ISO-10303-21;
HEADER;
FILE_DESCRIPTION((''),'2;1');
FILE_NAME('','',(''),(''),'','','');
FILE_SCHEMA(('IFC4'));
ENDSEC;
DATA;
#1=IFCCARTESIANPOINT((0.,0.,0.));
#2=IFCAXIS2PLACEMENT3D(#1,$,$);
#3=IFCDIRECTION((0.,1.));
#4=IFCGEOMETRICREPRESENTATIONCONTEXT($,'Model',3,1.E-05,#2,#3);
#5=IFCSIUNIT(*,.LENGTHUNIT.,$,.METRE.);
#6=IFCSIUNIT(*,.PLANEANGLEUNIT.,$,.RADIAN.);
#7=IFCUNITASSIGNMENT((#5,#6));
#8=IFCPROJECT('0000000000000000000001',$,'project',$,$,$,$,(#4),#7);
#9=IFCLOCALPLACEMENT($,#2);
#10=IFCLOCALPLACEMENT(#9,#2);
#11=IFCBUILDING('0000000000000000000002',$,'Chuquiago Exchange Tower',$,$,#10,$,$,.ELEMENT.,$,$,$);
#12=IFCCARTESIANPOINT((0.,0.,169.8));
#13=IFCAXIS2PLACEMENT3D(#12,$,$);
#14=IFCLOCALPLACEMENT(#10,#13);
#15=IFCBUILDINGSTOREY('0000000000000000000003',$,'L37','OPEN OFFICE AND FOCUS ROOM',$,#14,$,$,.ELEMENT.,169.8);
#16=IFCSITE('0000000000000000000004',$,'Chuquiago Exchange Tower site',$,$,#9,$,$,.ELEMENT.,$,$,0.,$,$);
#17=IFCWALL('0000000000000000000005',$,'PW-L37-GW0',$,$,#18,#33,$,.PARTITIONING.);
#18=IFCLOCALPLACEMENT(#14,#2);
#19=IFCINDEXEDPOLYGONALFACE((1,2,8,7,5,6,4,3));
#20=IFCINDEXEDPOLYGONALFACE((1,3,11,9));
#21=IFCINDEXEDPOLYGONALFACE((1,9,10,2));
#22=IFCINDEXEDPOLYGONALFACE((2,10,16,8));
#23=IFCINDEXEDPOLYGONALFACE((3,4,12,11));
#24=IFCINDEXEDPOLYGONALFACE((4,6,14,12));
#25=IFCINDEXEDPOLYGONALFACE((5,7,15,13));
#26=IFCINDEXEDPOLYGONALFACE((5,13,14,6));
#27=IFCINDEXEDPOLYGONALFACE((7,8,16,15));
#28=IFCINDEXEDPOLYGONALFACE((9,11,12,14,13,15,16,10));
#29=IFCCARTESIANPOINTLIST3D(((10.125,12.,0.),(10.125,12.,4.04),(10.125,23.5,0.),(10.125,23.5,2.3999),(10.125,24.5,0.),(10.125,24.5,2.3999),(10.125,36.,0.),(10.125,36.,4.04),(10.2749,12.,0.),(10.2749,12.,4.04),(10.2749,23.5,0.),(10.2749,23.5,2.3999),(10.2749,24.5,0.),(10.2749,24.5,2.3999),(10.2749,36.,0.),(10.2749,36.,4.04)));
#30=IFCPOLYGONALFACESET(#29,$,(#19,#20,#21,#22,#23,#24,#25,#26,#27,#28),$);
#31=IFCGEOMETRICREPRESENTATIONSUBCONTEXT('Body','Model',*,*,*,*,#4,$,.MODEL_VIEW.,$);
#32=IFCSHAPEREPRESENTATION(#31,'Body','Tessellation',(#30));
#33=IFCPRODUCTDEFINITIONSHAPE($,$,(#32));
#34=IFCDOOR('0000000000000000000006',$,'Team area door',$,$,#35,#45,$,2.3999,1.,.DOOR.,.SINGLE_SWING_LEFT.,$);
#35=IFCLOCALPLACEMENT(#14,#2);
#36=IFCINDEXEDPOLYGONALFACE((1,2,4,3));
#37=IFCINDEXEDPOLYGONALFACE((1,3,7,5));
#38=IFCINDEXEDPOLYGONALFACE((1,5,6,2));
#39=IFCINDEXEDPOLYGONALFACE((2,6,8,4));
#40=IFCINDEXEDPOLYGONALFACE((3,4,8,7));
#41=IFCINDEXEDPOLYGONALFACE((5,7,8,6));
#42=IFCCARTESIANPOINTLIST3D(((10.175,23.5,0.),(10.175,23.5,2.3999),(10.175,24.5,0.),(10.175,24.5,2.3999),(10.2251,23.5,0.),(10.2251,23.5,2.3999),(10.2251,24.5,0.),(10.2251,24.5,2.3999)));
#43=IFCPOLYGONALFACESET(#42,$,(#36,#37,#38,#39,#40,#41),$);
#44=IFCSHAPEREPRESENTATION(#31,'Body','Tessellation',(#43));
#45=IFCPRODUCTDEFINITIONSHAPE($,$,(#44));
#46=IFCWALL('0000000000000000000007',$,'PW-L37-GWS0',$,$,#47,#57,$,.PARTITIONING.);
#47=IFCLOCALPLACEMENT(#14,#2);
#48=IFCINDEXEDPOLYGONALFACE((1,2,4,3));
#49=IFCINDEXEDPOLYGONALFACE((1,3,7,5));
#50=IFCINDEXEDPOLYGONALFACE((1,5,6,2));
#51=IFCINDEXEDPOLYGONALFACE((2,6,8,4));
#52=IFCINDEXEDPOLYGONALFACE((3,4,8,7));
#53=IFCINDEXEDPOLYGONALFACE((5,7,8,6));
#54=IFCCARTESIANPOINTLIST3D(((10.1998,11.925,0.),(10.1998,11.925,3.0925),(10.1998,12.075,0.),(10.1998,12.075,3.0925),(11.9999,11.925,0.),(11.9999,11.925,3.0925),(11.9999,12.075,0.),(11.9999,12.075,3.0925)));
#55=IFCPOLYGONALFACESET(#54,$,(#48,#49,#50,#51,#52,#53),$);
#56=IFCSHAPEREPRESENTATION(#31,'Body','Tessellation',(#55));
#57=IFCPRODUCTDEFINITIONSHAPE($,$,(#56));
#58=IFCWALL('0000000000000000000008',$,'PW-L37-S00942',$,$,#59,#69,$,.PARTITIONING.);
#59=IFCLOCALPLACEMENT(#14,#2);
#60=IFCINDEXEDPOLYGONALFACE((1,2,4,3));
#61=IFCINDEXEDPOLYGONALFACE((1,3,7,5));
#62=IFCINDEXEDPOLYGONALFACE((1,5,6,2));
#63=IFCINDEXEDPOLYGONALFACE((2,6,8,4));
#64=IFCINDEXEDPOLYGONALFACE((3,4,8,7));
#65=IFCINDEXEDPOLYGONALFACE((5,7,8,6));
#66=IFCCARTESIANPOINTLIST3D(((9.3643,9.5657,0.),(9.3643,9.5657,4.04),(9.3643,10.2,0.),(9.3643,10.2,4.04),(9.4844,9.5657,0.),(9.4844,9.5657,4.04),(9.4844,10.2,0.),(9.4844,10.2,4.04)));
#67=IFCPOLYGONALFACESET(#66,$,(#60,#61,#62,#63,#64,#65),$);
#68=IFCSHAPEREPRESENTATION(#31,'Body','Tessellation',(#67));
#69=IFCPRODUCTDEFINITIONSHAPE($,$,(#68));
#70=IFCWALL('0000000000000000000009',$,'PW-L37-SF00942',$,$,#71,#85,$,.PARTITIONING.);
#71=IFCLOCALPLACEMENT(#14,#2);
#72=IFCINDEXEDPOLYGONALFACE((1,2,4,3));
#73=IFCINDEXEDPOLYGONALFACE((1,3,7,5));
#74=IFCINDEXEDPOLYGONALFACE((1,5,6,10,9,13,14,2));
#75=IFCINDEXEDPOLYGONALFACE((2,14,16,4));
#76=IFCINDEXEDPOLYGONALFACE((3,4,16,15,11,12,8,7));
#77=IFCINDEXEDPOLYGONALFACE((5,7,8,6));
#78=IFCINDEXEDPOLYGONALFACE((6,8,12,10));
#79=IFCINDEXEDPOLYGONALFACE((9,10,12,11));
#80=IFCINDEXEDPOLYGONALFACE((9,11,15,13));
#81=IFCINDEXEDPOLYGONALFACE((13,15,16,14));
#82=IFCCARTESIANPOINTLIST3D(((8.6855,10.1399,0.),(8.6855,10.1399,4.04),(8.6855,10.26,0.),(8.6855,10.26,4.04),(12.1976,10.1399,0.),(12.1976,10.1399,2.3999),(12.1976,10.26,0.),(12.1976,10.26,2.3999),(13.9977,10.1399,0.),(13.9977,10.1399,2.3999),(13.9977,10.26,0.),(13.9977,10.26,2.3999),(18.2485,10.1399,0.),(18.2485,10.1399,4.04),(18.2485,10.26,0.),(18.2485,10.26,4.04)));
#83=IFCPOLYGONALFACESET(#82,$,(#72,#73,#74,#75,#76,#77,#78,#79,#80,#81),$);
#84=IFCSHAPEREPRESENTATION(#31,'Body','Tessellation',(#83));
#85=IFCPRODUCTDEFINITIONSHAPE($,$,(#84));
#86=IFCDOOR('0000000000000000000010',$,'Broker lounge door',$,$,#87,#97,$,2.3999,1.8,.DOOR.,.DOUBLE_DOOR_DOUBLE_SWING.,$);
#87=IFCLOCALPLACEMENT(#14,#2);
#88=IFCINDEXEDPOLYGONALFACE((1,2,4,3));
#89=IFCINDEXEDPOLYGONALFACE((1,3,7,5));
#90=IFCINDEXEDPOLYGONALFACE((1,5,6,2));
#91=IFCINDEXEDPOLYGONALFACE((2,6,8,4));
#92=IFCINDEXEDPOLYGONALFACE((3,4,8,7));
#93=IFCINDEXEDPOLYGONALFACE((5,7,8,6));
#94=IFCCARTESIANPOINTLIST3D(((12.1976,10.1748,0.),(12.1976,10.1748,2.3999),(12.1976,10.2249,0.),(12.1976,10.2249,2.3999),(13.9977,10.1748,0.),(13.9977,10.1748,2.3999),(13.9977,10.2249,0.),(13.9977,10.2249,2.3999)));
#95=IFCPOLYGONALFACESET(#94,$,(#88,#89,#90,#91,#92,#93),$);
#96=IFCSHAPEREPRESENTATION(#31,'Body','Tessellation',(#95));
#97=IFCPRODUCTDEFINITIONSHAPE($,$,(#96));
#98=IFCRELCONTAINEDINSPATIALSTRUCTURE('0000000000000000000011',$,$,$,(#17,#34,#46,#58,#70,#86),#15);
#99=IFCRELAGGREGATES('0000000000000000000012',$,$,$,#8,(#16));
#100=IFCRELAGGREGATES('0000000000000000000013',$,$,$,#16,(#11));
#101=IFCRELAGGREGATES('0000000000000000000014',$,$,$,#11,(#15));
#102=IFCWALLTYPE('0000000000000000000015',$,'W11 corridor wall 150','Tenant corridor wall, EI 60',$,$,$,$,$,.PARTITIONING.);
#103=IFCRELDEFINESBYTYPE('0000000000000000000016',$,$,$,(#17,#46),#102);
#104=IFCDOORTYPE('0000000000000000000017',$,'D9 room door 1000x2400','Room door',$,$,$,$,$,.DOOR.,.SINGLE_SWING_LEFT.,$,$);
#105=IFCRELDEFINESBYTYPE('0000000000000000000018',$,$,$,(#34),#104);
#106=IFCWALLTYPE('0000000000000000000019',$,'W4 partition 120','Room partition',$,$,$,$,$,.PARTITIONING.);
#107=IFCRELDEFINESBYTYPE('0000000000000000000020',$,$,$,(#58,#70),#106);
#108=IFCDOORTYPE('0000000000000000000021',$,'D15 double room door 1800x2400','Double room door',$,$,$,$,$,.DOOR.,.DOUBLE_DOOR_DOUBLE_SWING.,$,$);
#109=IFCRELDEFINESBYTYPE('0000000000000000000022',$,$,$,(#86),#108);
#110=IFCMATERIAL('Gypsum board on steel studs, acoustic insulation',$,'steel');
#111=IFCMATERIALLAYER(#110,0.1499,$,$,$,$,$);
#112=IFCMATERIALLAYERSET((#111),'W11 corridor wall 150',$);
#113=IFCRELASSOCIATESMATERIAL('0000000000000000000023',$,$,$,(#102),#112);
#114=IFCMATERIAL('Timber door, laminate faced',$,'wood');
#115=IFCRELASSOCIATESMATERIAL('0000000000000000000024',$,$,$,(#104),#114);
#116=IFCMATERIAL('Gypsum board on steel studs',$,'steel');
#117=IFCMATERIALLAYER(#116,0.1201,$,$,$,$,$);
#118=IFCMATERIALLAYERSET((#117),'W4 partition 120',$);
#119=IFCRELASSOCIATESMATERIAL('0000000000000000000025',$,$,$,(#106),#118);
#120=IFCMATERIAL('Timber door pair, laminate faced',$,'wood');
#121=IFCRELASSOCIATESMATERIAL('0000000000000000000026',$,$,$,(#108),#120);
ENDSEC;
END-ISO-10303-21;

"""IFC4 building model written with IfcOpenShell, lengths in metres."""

from ifc_helpers import new_model, si_unit, direction, frame, frame_2d, origin, place, context, subcontext, project, spatial, rectangle, extrude, material, layer, layer_set, type_object, element, fill, save


model = new_model("IFC4")

# Units and contexts
model_context = context("Model", 3, precision=1e-05, world=origin(), true_north=direction((0.0, 1.0)))
body_context = subcontext(model_context, "Body", "Model", "MODEL_VIEW")
ifc_project = project(units=[si_unit("LENGTHUNIT", "METRE"), si_unit("PLANEANGLEUNIT", "RADIAN")], contexts=[model_context])

# Site, building, storey
site_placement = place(None, origin())
site = spatial("IfcSite", under=ifc_project, at=site_placement, Name="Chuquiago Exchange Tower site", CompositionType="ELEMENT", RefElevation=0.0)
building_placement = place(site_placement, origin())
building = spatial("IfcBuilding", under=site, at=building_placement, Name="Chuquiago Exchange Tower", CompositionType="ELEMENT")
storey_placement = place(building_placement, frame((0.0, 0.0, 169.8)))
storey = spatial("IfcBuildingStorey", under=building, at=storey_placement, Name="L37", Description="OPEN OFFICE AND FOCUS ROOM", CompositionType="ELEMENT", Elevation=169.8)

# Wall, opening, door
ifc_material_1 = material(Name="Gypsum board on steel studs, acoustic insulation", Category="steel")
ifc_layer_1 = layer(ifc_material_1, 0.1499)
ifc_layer_set_1 = layer_set([ifc_layer_1], Name="W11 corridor wall 150")
wall_type_1 = type_object("IfcWallType", Name="W11 corridor wall 150", Description="Tenant corridor wall, EI 60", PredefinedType="PARTITIONING", material=ifc_layer_set_1)
wall_1_placement = place(storey_placement, frame((10.2, 12.0, 0.0), z_axis=(0.0, 0.0, 1.0), x_axis=(0.0, 1.0, 0.0)))
wall_1 = element("IfcWall", 1, at=wall_1_placement, inside=storey, type_object=wall_type_1, Name="PW-L37-GW0", PredefinedType="PARTITIONING", context=body_context, shape_type="SweptSolid", body=[
    extrude(rectangle(XDim=24.0, YDim=0.1499, at=frame_2d((12.0, 0.0))), origin(), (0.0, 0.0, 1.0), 4.04),
])
opening_1_placement = place(wall_1_placement, frame((11.5, 0.0, 0.0)))
opening_1 = element("IfcOpeningElement", 2, at=opening_1_placement, cuts=wall_1, PredefinedType="OPENING", context=body_context, shape_type="SweptSolid", body=[
    extrude(rectangle(XDim=1.0, YDim=2.3999, at=frame_2d((0.5, 1.2))), frame((0.0, 0.085, 0.0), z_axis=(0.0, -1.0, 0.0), x_axis=(1.0, 0.0, 0.0)), (0.0, 0.0, 1.0), 0.1699),
])
ifc_material_2 = material(Name="Timber door, laminate faced", Category="wood")
door_type_1 = type_object("IfcDoorType", Name="D9 room door 1000x2400", Description="Room door", OperationType="SINGLE_SWING_LEFT", PredefinedType="DOOR", material=ifc_material_2)
door_1_placement = place(opening_1_placement, origin())
door_1 = element("IfcDoor", 3, at=door_1_placement, inside=storey, type_object=door_type_1, Name="Team area door", OperationType="SINGLE_SWING_LEFT", OverallHeight=2.3999, OverallWidth=1.0, PredefinedType="DOOR", context=body_context, shape_type="SweptSolid", body=[
    extrude(rectangle(XDim=1.0, YDim=2.3999, at=frame_2d((0.5, 1.2))), frame((0.0, 0.0249, 0.0), z_axis=(0.0, -1.0, 0.0), x_axis=(1.0, 0.0, 0.0)), (0.0, 0.0, 1.0), 0.05),
])
fill(opening_1, door_1)

# Walls
wall_2_placement = place(storey_placement, frame((10.2, 12.0, 0.0), z_axis=(0.0, 0.0, 1.0), x_axis=(1.0, 0.0, 0.0)))
element("IfcWall", 4, at=wall_2_placement, inside=storey, type_object=wall_type_1, Name="PW-L37-GWS0", PredefinedType="PARTITIONING", context=body_context, shape_type="SweptSolid", body=[
    extrude(rectangle(XDim=1.8, YDim=0.1499, at=frame_2d((0.8999, 0.0))), origin(), (0.0, 0.0, 1.0), 3.0925),
])
ifc_material_3 = material(Name="Gypsum board on steel studs", Category="steel")
ifc_layer_2 = layer(ifc_material_3, 0.1201)
ifc_layer_set_2 = layer_set([ifc_layer_2], Name="W4 partition 120")
wall_type_2 = type_object("IfcWallType", Name="W4 partition 120", Description="Room partition", PredefinedType="PARTITIONING", material=ifc_layer_set_2)
wall_3_placement = place(storey_placement, frame((9.4243, 9.5657, 0.0), z_axis=(0.0, 0.0, 1.0), x_axis=(0.0, 1.0, 0.0)))
element("IfcWall", 5, at=wall_3_placement, inside=storey, type_object=wall_type_2, Name="PW-L37-S00942", PredefinedType="PARTITIONING", context=body_context, shape_type="SweptSolid", body=[
    extrude(rectangle(XDim=0.6343, YDim=0.1201, at=frame_2d((0.3171, 0.0))), origin(), (0.0, 0.0, 1.0), 4.04),
])

# Wall, opening, door
wall_4_placement = place(storey_placement, frame((8.6855, 10.2, 0.0), z_axis=(0.0, 0.0, 1.0), x_axis=(1.0, 0.0, 0.0)))
wall_4 = element("IfcWall", 6, at=wall_4_placement, inside=storey, type_object=wall_type_2, Name="PW-L37-SF00942", PredefinedType="PARTITIONING", context=body_context, shape_type="SweptSolid", body=[
    extrude(rectangle(XDim=9.563, YDim=0.1201, at=frame_2d((4.7815, 0.0))), origin(), (0.0, 0.0, 1.0), 4.04),
])
opening_2_placement = place(wall_4_placement, frame((3.5122, 0.0, 0.0)))
opening_2 = element("IfcOpeningElement", 7, at=opening_2_placement, cuts=wall_4, PredefinedType="OPENING", context=body_context, shape_type="SweptSolid", body=[
    extrude(rectangle(XDim=1.8, YDim=2.3999, at=frame_2d((0.8999, 1.2))), frame((0.0, 0.0701, 0.0), z_axis=(0.0, -1.0, 0.0), x_axis=(1.0, 0.0, 0.0)), (0.0, 0.0, 1.0), 0.1401),
])
ifc_material_4 = material(Name="Timber door pair, laminate faced", Category="wood")
door_type_2 = type_object("IfcDoorType", Name="D15 double room door 1800x2400", Description="Double room door", OperationType="DOUBLE_DOOR_DOUBLE_SWING", PredefinedType="DOOR", material=ifc_material_4)
door_2_placement = place(opening_2_placement, origin())
door_2 = element("IfcDoor", 8, at=door_2_placement, inside=storey, type_object=door_type_2, Name="Broker lounge door", OperationType="DOUBLE_DOOR_DOUBLE_SWING", OverallHeight=2.3999, OverallWidth=1.8, PredefinedType="DOOR", context=body_context, shape_type="SweptSolid", body=[
    extrude(rectangle(XDim=1.8, YDim=2.3999, at=frame_2d((0.8999, 1.2))), frame((0.0, 0.0249, 0.0), z_axis=(0.0, -1.0, 0.0), x_axis=(1.0, 0.0, 0.0)), (0.0, 0.0, 1.0), 0.05),
])
fill(opening_2, door_2)

save(model, "model.ifc")
